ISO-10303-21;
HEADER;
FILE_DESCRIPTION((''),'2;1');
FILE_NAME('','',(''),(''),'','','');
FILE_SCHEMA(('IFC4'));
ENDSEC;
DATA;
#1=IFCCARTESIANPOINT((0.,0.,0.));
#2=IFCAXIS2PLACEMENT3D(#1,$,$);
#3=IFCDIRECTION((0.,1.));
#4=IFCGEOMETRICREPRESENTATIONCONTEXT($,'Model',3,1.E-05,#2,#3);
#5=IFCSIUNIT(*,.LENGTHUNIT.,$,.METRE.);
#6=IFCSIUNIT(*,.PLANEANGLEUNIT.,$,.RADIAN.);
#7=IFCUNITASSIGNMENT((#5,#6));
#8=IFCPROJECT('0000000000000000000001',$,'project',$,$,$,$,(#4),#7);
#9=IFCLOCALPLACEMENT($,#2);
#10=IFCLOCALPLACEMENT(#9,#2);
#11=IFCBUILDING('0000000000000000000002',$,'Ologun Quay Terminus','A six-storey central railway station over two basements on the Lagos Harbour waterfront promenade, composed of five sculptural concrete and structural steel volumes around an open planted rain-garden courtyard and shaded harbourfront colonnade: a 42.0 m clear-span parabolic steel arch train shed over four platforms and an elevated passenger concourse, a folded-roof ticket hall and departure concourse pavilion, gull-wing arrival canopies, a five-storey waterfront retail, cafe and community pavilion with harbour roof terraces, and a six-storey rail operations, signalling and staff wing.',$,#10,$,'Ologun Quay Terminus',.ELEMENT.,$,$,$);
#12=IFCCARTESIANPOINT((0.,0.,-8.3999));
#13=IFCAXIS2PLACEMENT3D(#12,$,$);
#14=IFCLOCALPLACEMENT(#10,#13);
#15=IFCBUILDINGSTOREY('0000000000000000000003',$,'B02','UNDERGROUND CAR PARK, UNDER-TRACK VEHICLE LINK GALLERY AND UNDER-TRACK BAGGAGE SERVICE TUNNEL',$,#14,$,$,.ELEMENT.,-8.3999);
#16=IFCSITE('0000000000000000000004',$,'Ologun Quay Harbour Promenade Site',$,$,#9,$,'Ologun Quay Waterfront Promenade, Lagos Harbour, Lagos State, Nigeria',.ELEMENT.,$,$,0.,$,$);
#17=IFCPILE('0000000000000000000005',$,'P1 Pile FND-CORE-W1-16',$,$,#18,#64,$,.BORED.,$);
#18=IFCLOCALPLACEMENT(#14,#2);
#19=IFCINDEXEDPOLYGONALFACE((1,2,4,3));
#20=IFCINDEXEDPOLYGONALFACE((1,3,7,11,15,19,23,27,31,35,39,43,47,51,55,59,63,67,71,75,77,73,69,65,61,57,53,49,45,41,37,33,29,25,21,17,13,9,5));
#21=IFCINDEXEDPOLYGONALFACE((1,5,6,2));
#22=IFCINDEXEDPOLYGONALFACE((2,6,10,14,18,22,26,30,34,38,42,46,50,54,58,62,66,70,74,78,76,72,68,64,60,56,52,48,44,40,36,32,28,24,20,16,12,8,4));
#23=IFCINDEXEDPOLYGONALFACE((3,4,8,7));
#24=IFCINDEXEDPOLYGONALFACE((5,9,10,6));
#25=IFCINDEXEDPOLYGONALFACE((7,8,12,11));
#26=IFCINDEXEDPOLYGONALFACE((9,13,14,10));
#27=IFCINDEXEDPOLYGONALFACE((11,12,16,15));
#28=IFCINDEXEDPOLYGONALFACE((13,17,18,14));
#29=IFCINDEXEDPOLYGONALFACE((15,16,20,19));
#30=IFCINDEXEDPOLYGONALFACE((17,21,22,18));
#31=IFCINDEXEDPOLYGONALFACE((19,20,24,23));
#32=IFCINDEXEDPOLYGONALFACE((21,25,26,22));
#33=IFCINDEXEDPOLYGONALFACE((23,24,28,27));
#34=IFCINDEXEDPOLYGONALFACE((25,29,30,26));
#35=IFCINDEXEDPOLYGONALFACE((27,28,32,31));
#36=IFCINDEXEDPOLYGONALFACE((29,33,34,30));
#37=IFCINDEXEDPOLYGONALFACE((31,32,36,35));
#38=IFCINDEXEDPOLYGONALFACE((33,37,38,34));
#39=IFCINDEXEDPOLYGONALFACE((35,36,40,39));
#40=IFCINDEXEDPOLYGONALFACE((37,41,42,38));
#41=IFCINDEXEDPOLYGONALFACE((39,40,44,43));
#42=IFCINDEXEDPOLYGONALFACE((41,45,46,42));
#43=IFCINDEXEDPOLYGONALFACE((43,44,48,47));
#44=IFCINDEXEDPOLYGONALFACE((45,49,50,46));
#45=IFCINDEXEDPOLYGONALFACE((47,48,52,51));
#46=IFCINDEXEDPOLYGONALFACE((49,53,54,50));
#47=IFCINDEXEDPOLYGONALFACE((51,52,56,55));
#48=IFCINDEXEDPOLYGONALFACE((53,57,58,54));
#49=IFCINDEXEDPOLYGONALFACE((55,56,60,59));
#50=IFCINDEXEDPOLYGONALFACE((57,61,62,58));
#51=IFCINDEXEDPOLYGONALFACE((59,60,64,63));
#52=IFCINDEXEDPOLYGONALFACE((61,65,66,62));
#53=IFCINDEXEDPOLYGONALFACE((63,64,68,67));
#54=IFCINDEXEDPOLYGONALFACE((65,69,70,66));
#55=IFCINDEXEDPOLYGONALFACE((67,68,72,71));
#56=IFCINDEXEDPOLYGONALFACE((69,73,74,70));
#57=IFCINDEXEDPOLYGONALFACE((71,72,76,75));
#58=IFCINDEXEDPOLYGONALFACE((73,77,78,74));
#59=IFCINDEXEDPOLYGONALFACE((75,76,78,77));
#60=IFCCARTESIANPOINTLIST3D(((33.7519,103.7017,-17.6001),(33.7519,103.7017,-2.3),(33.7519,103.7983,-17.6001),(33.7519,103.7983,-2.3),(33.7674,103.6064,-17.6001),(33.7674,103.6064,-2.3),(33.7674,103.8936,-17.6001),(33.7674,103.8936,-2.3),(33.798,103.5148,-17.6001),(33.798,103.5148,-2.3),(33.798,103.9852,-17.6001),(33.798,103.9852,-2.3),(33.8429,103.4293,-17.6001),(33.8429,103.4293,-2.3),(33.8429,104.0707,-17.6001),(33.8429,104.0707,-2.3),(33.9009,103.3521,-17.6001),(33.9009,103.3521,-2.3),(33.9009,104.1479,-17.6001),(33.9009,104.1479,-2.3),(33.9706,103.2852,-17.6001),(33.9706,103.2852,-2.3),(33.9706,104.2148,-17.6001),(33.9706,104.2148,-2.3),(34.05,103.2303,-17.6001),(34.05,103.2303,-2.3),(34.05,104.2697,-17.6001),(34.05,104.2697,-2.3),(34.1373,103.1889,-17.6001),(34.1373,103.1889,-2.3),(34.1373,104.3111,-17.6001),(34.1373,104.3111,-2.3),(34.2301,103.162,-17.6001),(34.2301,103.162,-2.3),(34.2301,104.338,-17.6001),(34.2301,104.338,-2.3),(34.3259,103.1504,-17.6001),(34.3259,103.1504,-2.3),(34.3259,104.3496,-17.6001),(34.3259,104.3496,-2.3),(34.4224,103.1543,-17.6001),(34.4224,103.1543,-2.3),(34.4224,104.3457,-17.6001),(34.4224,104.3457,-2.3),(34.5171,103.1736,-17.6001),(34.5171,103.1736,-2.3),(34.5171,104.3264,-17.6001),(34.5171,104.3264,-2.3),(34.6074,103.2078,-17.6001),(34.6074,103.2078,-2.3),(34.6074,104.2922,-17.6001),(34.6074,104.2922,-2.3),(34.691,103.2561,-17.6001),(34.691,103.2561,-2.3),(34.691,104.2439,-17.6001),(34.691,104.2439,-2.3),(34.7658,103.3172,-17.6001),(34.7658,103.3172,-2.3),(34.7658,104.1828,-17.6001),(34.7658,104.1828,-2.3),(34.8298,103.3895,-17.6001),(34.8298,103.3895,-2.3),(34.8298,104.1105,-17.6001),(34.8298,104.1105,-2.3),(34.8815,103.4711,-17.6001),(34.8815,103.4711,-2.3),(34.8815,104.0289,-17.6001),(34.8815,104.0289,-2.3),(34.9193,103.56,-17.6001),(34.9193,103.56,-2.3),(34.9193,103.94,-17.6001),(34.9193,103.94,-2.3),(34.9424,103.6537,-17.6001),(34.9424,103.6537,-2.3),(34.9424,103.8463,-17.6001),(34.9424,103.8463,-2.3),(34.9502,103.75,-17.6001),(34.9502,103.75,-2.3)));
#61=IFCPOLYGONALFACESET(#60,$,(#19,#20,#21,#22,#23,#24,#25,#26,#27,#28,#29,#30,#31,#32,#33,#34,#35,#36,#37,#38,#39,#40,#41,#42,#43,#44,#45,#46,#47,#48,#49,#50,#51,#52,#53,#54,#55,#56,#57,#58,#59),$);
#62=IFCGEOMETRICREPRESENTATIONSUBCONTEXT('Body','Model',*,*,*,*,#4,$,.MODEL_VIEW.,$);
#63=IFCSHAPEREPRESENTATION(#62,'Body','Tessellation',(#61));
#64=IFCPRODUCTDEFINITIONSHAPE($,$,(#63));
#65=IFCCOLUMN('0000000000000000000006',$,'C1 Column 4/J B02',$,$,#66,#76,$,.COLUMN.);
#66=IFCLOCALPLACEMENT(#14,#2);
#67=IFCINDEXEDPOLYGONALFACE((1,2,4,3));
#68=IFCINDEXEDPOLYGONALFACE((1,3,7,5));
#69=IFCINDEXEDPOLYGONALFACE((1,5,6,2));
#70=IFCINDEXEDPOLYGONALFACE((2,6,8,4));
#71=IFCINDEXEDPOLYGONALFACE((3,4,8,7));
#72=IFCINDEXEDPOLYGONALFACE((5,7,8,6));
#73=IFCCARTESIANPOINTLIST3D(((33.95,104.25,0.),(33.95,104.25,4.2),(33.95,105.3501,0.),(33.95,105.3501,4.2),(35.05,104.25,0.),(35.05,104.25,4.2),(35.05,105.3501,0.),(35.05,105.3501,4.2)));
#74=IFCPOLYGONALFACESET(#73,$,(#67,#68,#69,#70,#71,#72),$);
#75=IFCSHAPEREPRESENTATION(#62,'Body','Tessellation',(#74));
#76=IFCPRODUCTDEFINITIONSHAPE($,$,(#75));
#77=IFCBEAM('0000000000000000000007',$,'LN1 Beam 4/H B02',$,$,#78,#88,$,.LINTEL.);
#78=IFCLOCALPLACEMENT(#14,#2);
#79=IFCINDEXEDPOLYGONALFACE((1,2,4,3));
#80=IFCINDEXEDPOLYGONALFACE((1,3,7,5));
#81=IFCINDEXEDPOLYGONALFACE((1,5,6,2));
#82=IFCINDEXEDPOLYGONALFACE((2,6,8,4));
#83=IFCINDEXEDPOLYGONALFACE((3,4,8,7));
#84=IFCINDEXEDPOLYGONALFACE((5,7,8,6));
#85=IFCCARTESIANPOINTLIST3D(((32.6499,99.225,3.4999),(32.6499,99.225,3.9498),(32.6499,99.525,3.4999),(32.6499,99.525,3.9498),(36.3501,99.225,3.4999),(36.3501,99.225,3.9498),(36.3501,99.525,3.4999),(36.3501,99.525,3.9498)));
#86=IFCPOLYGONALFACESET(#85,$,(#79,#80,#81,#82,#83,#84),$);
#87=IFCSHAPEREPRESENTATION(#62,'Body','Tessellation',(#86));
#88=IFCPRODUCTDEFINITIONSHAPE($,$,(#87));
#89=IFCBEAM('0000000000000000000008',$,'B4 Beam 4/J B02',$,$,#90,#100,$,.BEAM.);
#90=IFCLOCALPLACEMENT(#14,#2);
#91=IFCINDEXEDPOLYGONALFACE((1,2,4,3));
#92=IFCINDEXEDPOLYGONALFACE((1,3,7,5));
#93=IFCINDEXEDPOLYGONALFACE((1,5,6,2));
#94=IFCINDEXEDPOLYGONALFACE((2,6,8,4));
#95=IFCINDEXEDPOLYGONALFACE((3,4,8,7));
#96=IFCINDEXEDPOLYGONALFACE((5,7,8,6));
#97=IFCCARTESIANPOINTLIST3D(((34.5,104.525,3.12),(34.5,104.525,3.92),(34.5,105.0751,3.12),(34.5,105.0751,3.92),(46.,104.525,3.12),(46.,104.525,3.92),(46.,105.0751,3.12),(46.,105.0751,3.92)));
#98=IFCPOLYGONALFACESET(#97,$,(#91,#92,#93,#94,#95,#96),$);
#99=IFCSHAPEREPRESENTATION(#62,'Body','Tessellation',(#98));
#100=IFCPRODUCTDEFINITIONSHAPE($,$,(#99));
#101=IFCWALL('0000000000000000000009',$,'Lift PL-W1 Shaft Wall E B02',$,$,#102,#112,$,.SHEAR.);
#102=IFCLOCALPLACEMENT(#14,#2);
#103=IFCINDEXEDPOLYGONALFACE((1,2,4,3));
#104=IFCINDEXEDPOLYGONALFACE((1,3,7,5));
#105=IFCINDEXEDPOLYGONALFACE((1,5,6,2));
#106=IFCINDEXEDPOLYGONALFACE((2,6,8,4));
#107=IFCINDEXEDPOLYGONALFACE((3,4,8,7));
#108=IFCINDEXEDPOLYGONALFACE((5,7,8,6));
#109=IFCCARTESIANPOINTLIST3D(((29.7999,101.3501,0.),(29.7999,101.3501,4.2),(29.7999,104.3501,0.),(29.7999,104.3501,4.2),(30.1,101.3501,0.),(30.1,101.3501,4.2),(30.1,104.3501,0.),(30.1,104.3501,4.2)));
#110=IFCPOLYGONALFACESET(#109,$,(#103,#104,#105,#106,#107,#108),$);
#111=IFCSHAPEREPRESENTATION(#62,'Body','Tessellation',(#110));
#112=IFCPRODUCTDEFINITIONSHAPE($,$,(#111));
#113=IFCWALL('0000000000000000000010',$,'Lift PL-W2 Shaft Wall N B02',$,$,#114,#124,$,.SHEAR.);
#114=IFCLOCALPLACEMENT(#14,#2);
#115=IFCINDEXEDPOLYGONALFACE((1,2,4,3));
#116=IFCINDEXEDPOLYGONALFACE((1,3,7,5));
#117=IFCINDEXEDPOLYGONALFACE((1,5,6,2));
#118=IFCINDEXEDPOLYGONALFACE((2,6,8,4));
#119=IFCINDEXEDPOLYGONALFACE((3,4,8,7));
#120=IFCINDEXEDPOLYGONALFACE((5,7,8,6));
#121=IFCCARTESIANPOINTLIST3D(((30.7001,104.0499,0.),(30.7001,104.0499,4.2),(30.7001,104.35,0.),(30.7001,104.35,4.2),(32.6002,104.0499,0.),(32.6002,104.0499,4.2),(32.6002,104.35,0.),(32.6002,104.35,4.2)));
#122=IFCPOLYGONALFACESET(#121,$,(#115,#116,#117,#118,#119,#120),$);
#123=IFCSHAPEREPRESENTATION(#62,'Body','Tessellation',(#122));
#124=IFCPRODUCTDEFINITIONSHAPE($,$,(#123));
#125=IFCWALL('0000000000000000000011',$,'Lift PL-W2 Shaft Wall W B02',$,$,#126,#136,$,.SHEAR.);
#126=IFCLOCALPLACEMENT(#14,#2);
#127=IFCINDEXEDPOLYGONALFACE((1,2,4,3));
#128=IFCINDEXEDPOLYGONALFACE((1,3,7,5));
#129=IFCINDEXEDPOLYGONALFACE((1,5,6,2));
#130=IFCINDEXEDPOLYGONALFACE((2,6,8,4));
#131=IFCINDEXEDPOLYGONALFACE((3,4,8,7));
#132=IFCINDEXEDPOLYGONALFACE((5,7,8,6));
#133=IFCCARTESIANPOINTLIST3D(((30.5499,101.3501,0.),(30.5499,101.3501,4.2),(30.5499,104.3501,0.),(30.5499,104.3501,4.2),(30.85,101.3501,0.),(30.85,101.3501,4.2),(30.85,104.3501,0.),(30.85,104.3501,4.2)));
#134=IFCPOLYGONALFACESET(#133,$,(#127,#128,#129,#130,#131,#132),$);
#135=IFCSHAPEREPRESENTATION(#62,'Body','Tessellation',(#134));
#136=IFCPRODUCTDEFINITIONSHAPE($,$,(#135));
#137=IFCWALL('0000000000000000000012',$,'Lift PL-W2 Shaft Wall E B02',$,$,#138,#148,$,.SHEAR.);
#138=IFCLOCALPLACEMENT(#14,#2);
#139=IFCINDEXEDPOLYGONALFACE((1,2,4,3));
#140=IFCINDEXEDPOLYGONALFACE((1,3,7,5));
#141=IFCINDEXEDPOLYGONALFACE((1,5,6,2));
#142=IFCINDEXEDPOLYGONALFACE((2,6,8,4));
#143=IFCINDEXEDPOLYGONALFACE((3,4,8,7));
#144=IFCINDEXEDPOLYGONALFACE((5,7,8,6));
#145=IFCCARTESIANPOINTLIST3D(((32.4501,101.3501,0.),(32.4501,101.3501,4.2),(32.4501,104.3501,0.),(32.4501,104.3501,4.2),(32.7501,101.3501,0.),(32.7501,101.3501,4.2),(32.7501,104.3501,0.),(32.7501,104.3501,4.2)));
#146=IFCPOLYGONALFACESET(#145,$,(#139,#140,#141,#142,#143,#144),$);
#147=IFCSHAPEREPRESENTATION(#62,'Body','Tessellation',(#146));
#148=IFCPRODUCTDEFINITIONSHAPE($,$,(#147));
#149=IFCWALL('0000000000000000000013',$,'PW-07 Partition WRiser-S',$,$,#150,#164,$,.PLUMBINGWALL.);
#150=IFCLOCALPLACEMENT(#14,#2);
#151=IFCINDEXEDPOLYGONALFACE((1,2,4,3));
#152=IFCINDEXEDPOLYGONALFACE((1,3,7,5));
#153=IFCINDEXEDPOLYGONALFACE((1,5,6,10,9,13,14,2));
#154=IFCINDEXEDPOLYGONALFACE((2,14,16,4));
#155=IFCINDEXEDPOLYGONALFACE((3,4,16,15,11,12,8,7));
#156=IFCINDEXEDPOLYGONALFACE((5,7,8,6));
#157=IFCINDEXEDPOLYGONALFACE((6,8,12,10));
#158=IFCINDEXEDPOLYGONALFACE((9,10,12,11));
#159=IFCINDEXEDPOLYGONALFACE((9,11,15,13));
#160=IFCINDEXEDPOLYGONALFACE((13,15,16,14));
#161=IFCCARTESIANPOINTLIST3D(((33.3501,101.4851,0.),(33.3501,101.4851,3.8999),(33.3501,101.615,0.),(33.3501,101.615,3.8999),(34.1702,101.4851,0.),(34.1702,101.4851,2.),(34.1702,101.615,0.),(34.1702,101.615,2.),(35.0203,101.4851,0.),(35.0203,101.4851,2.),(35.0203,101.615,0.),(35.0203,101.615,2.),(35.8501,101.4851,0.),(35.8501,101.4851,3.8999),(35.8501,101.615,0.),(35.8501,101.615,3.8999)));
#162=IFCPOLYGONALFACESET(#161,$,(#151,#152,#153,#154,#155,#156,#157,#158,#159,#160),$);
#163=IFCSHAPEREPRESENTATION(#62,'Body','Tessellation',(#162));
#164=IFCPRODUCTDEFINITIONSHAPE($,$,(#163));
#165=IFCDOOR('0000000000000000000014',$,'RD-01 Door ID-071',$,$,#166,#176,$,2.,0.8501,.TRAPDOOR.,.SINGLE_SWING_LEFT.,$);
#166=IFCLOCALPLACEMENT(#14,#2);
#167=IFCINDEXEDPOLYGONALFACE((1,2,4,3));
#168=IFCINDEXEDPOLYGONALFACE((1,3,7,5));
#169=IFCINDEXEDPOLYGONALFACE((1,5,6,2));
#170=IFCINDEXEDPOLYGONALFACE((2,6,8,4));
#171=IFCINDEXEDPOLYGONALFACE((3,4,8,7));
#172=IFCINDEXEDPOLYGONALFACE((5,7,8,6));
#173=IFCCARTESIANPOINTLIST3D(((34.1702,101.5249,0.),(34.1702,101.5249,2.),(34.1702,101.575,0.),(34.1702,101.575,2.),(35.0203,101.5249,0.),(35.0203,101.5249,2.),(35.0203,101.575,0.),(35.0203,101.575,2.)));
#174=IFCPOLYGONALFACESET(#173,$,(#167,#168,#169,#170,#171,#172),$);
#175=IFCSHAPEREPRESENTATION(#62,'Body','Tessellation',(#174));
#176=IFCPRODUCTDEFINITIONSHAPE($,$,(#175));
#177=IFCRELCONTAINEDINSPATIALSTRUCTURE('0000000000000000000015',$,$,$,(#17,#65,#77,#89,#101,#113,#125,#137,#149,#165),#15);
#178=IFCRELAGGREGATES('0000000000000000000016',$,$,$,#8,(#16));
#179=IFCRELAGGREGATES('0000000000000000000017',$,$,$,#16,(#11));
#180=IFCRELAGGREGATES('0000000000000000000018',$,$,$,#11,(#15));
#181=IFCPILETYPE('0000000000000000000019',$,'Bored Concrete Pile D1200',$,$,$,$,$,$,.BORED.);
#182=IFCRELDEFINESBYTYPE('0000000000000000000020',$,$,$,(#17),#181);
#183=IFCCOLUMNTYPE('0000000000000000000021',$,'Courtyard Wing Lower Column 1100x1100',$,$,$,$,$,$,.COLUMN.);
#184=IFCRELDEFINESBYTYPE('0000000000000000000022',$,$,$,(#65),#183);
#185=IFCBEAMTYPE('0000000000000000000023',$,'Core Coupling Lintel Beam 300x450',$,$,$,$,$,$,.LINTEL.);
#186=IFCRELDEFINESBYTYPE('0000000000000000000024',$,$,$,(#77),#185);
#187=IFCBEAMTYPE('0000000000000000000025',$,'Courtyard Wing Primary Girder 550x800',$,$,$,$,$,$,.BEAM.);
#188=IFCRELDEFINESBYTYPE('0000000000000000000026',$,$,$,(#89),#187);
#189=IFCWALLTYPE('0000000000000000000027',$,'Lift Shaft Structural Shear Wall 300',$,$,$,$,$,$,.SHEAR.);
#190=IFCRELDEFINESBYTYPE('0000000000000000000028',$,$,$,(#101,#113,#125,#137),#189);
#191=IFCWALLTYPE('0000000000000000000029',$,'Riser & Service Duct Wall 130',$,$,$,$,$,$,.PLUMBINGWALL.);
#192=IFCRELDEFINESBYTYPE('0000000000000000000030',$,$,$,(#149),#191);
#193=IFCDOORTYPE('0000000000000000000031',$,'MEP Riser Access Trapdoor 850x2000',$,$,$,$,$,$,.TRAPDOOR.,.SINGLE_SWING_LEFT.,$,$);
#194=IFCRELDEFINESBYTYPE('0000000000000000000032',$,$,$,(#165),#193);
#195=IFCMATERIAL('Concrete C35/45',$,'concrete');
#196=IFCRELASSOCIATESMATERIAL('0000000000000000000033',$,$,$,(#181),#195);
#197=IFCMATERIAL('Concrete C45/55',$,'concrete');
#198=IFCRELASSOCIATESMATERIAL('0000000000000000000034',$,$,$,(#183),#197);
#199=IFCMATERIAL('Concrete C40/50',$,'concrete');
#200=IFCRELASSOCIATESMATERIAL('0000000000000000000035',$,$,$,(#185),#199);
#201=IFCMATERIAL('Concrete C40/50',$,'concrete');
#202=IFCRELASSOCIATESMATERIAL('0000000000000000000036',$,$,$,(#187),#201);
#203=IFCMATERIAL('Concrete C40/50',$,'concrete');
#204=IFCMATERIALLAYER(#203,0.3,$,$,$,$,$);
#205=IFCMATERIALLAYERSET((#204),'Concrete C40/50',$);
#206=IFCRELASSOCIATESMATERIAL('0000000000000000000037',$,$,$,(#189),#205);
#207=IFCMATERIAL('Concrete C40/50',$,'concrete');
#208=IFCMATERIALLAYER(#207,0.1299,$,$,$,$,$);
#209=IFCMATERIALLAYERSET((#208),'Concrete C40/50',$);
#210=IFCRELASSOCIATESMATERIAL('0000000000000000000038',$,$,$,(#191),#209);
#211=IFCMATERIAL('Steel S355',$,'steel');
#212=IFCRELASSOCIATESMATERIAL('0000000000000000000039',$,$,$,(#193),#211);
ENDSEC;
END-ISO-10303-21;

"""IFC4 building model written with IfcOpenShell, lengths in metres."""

from ifc_helpers import new_model, si_unit, direction, frame, frame_2d, origin, origin_2d, place, context, subcontext, project, spatial, rectangle, circle, extrude, material, layer, layer_set, material_profile, profile_set, type_object, element, fill, save


model = new_model("IFC4")

# Units and contexts
model_context = context("Model", 3, precision=1e-05, world=origin(), true_north=direction((0.0, 1.0)))
body_context = subcontext(model_context, "Body", "Model", "MODEL_VIEW")
ifc_project = project(units=[si_unit("LENGTHUNIT", "METRE"), si_unit("PLANEANGLEUNIT", "RADIAN")], contexts=[model_context])

# Site, building, storey
site_placement = place(None, origin())
site = spatial("IfcSite", under=ifc_project, at=site_placement, Name="Ologun Quay Harbour Promenade Site", LongName="Ologun Quay Waterfront Promenade, Lagos Harbour, Lagos State, Nigeria", CompositionType="ELEMENT", RefElevation=0.0)
building_placement = place(site_placement, origin())
building = spatial("IfcBuilding", under=site, at=building_placement, Name="Ologun Quay Terminus", Description="A six-storey central railway station over two basements on the Lagos Harbour waterfront promenade, composed of five sculptural concrete and structural steel volumes around an open planted rain-garden courtyard and shaded harbourfront colonnade: a 42.0 m clear-span parabolic steel arch train shed over four platforms and an elevated passenger concourse, a folded-roof ticket hall and departure concourse pavilion, gull-wing arrival canopies, a five-storey waterfront retail, cafe and community pavilion with harbour roof terraces, and a six-storey rail operations, signalling and staff wing.", LongName="Ologun Quay Terminus", CompositionType="ELEMENT")
storey_placement = place(building_placement, frame((0.0, 0.0, -8.3999)))
storey = spatial("IfcBuildingStorey", under=building, at=storey_placement, Name="B02", Description="UNDERGROUND CAR PARK, UNDER-TRACK VEHICLE LINK GALLERY AND UNDER-TRACK BAGGAGE SERVICE TUNNEL", CompositionType="ELEMENT", Elevation=-8.3999)

# Pile
ifc_material_1 = material(Name="Concrete C35/45", Category="concrete")
ifc_material_profile_1 = material_profile(ifc_material_1, circle(Radius=0.6001, at=origin_2d()), Name="PILE D1200")
ifc_profile_set_1 = profile_set([ifc_material_profile_1], Name="Concrete C35/45")
pile_type = type_object("IfcPileType", Name="Bored Concrete Pile D1200", PredefinedType="BORED", material=ifc_profile_set_1)
for number, where, z_axis, x_axis, name in (
    (1, (34.3501, 103.75, -2.3), (0.0, 0.0, -1.0), (1.0, 0.0, 0.0), "P1 Pile FND-CORE-W1-16"),
):
    element("IfcPile", number, at=place(storey_placement, frame(where, z_axis=z_axis, x_axis=x_axis)), inside=storey, type_object=pile_type, Name=name, PredefinedType="BORED", context=body_context, shape_type="SweptSolid", body=[
        extrude(circle(Radius=0.6001, at=origin_2d()), origin(), (0.0, 0.0, 1.0), 15.3),
    ])

# Column
ifc_material_2 = material(Name="Concrete C45/55", Category="concrete")
ifc_material_profile_2 = material_profile(ifc_material_2, rectangle(XDim=1.1001, YDim=1.1001, at=origin_2d()), Name="RC 1100x1100")
ifc_profile_set_2 = profile_set([ifc_material_profile_2], Name="Concrete C45/55")
column_type = type_object("IfcColumnType", Name="Courtyard Wing Lower Column 1100x1100", PredefinedType="COLUMN", material=ifc_profile_set_2)
column_placement = place(storey_placement, frame((34.5, 104.8, 0.0), z_axis=(0.0, 0.0, 1.0), x_axis=(1.0, 0.0, 0.0)))
element("IfcColumn", 2, at=column_placement, inside=storey, type_object=column_type, Name="C1 Column 4/J B02", PredefinedType="COLUMN", context=body_context, shape_type="SweptSolid", body=[
    extrude(rectangle(XDim=1.1001, YDim=1.1001, at=origin_2d()), origin(), (0.0, 0.0, 1.0), 4.2),
])

# Beams
ifc_material_3 = material(Name="Concrete C40/50", Category="concrete")
ifc_material_profile_3 = material_profile(ifc_material_3, rectangle(XDim=0.3, YDim=0.45, at=origin_2d()), Name="RC 300x450")
ifc_profile_set_3 = profile_set([ifc_material_profile_3], Name="Concrete C40/50")
beam_type_1 = type_object("IfcBeamType", Name="Core Coupling Lintel Beam 300x450", PredefinedType="LINTEL", material=ifc_profile_set_3)
beam_1_placement = place(storey_placement, frame((32.6499, 99.375, 3.7249), z_axis=(1.0, 0.0, 0.0), x_axis=(0.0, 1.0, 0.0)))
element("IfcBeam", 3, at=beam_1_placement, inside=storey, type_object=beam_type_1, Name="LN1 Beam 4/H B02", PredefinedType="LINTEL", context=body_context, shape_type="SweptSolid", body=[
    extrude(rectangle(XDim=0.3, YDim=0.45, at=origin_2d()), origin(), (0.0, 0.0, 1.0), 3.7002),
])
ifc_material_4 = material(Name="Concrete C40/50", Category="concrete")
ifc_material_profile_4 = material_profile(ifc_material_4, rectangle(XDim=0.55, YDim=0.8, at=origin_2d()), Name="RC 550x800")
ifc_profile_set_4 = profile_set([ifc_material_profile_4], Name="Concrete C40/50")
beam_type_2 = type_object("IfcBeamType", Name="Courtyard Wing Primary Girder 550x800", PredefinedType="BEAM", material=ifc_profile_set_4)
beam_2_placement = place(storey_placement, frame((34.5, 104.8, 3.52), z_axis=(1.0, 0.0, 0.0), x_axis=(0.0, 1.0, 0.0)))
element("IfcBeam", 4, at=beam_2_placement, inside=storey, type_object=beam_type_2, Name="B4 Beam 4/J B02", PredefinedType="BEAM", context=body_context, shape_type="SweptSolid", body=[
    extrude(rectangle(XDim=0.55, YDim=0.8, at=origin_2d()), origin(), (0.0, 0.0, 1.0), 11.5),
])

# Wall
ifc_material_5 = material(Name="Concrete C40/50", Category="concrete")
ifc_layer_1 = layer(ifc_material_5, 0.3)
ifc_layer_set_1 = layer_set([ifc_layer_1], Name="Concrete C40/50")
wall_type_1 = type_object("IfcWallType", Name="Lift Shaft Structural Shear Wall 300", PredefinedType="SHEAR", material=ifc_layer_set_1)
wall_1_placement = place(storey_placement, frame((29.95, 101.3501, 0.0), z_axis=(0.0, 0.0, 1.0), x_axis=(0.0, 1.0, 0.0)))
element("IfcWall", 5, at=wall_1_placement, inside=storey, type_object=wall_type_1, Name="Lift PL-W1 Shaft Wall E B02", PredefinedType="SHEAR", context=body_context, shape_type="SweptSolid", body=[
    extrude(rectangle(XDim=3.0, YDim=0.3, at=frame_2d((1.5, 0.0))), origin(), (0.0, 0.0, 1.0), 4.2),
])

# Walls
wall_2_placement = place(storey_placement, frame((30.7, 104.2, 0.0), z_axis=(0.0, 0.0, 1.0), x_axis=(1.0, 0.0, 0.0)))
element("IfcWall", 6, at=wall_2_placement, inside=storey, type_object=wall_type_1, Name="Lift PL-W2 Shaft Wall N B02", PredefinedType="SHEAR", context=body_context, shape_type="SweptSolid", body=[
    extrude(rectangle(XDim=1.9001, YDim=0.3, at=frame_2d((0.9502, 0.0))), origin(), (0.0, 0.0, 1.0), 4.2),
])
for number, where, z_axis, x_axis, name in (
    (7, (30.7, 101.3501, 0.0), (0.0, 0.0, 1.0), (0.0, 1.0, 0.0), "Lift PL-W2 Shaft Wall W B02"),
    (8, (32.6001, 101.3501, 0.0), (0.0, 0.0, 1.0), (0.0, 1.0, 0.0), "Lift PL-W2 Shaft Wall E B02"),
):
    element("IfcWall", number, at=place(storey_placement, frame(where, z_axis=z_axis, x_axis=x_axis)), inside=storey, type_object=wall_type_1, Name=name, PredefinedType="SHEAR", context=body_context, shape_type="SweptSolid", body=[
        extrude(rectangle(XDim=3.0, YDim=0.3, at=frame_2d((1.5, 0.0))), origin(), (0.0, 0.0, 1.0), 4.2),
    ])

# Wall, opening, door
ifc_material_6 = material(Name="Concrete C40/50", Category="concrete")
ifc_layer_2 = layer(ifc_material_6, 0.1299)
ifc_layer_set_2 = layer_set([ifc_layer_2], Name="Concrete C40/50")
wall_type_2 = type_object("IfcWallType", Name="Riser & Service Duct Wall 130", PredefinedType="PLUMBINGWALL", material=ifc_layer_set_2)
wall_3_placement = place(storey_placement, frame((33.3501, 101.55, 0.0), z_axis=(0.0, 0.0, 1.0), x_axis=(1.0, 0.0, 0.0)))
wall_3 = element("IfcWall", 9, at=wall_3_placement, inside=storey, type_object=wall_type_2, Name="PW-07 Partition WRiser-S", PredefinedType="PLUMBINGWALL", context=body_context, shape_type="SweptSolid", body=[
    extrude(rectangle(XDim=2.5, YDim=0.1299, at=frame_2d((1.25, 0.0))), origin(), (0.0, 0.0, 1.0), 3.8999),
])
opening_1_placement = place(wall_3_placement, frame((0.8201, 0.0, 0.0)))
opening_1 = element("IfcOpeningElement", 10, at=opening_1_placement, cuts=wall_3, PredefinedType="OPENING", context=body_context, shape_type="SweptSolid", body=[
    extrude(rectangle(XDim=0.8501, YDim=2.0, at=frame_2d((0.425, 1.0))), frame((0.0, 0.075, 0.0), z_axis=(0.0, -1.0, 0.0), x_axis=(1.0, 0.0, 0.0)), (0.0, 0.0, 1.0), 0.1499),
])
ifc_material_7 = material(Name="Steel S355", Category="steel")
door_type_1 = type_object("IfcDoorType", Name="MEP Riser Access Trapdoor 850x2000", OperationType="SINGLE_SWING_LEFT", PredefinedType="TRAPDOOR", material=ifc_material_7)
door_1_placement = place(opening_1_placement, origin())
door_1 = element("IfcDoor", 11, at=door_1_placement, inside=storey, type_object=door_type_1, Name="RD-01 Door ID-071", OperationType="SINGLE_SWING_LEFT", OverallHeight=2.0, OverallWidth=0.8501, PredefinedType="TRAPDOOR", context=body_context, shape_type="SweptSolid", body=[
    extrude(rectangle(XDim=0.8501, YDim=2.0, at=frame_2d((0.425, 1.0))), frame((0.0, 0.0249, 0.0), z_axis=(0.0, -1.0, 0.0), x_axis=(1.0, 0.0, 0.0)), (0.0, 0.0, 1.0), 0.05),
])
fill(opening_1, door_1)

save(model, "model.ifc")
